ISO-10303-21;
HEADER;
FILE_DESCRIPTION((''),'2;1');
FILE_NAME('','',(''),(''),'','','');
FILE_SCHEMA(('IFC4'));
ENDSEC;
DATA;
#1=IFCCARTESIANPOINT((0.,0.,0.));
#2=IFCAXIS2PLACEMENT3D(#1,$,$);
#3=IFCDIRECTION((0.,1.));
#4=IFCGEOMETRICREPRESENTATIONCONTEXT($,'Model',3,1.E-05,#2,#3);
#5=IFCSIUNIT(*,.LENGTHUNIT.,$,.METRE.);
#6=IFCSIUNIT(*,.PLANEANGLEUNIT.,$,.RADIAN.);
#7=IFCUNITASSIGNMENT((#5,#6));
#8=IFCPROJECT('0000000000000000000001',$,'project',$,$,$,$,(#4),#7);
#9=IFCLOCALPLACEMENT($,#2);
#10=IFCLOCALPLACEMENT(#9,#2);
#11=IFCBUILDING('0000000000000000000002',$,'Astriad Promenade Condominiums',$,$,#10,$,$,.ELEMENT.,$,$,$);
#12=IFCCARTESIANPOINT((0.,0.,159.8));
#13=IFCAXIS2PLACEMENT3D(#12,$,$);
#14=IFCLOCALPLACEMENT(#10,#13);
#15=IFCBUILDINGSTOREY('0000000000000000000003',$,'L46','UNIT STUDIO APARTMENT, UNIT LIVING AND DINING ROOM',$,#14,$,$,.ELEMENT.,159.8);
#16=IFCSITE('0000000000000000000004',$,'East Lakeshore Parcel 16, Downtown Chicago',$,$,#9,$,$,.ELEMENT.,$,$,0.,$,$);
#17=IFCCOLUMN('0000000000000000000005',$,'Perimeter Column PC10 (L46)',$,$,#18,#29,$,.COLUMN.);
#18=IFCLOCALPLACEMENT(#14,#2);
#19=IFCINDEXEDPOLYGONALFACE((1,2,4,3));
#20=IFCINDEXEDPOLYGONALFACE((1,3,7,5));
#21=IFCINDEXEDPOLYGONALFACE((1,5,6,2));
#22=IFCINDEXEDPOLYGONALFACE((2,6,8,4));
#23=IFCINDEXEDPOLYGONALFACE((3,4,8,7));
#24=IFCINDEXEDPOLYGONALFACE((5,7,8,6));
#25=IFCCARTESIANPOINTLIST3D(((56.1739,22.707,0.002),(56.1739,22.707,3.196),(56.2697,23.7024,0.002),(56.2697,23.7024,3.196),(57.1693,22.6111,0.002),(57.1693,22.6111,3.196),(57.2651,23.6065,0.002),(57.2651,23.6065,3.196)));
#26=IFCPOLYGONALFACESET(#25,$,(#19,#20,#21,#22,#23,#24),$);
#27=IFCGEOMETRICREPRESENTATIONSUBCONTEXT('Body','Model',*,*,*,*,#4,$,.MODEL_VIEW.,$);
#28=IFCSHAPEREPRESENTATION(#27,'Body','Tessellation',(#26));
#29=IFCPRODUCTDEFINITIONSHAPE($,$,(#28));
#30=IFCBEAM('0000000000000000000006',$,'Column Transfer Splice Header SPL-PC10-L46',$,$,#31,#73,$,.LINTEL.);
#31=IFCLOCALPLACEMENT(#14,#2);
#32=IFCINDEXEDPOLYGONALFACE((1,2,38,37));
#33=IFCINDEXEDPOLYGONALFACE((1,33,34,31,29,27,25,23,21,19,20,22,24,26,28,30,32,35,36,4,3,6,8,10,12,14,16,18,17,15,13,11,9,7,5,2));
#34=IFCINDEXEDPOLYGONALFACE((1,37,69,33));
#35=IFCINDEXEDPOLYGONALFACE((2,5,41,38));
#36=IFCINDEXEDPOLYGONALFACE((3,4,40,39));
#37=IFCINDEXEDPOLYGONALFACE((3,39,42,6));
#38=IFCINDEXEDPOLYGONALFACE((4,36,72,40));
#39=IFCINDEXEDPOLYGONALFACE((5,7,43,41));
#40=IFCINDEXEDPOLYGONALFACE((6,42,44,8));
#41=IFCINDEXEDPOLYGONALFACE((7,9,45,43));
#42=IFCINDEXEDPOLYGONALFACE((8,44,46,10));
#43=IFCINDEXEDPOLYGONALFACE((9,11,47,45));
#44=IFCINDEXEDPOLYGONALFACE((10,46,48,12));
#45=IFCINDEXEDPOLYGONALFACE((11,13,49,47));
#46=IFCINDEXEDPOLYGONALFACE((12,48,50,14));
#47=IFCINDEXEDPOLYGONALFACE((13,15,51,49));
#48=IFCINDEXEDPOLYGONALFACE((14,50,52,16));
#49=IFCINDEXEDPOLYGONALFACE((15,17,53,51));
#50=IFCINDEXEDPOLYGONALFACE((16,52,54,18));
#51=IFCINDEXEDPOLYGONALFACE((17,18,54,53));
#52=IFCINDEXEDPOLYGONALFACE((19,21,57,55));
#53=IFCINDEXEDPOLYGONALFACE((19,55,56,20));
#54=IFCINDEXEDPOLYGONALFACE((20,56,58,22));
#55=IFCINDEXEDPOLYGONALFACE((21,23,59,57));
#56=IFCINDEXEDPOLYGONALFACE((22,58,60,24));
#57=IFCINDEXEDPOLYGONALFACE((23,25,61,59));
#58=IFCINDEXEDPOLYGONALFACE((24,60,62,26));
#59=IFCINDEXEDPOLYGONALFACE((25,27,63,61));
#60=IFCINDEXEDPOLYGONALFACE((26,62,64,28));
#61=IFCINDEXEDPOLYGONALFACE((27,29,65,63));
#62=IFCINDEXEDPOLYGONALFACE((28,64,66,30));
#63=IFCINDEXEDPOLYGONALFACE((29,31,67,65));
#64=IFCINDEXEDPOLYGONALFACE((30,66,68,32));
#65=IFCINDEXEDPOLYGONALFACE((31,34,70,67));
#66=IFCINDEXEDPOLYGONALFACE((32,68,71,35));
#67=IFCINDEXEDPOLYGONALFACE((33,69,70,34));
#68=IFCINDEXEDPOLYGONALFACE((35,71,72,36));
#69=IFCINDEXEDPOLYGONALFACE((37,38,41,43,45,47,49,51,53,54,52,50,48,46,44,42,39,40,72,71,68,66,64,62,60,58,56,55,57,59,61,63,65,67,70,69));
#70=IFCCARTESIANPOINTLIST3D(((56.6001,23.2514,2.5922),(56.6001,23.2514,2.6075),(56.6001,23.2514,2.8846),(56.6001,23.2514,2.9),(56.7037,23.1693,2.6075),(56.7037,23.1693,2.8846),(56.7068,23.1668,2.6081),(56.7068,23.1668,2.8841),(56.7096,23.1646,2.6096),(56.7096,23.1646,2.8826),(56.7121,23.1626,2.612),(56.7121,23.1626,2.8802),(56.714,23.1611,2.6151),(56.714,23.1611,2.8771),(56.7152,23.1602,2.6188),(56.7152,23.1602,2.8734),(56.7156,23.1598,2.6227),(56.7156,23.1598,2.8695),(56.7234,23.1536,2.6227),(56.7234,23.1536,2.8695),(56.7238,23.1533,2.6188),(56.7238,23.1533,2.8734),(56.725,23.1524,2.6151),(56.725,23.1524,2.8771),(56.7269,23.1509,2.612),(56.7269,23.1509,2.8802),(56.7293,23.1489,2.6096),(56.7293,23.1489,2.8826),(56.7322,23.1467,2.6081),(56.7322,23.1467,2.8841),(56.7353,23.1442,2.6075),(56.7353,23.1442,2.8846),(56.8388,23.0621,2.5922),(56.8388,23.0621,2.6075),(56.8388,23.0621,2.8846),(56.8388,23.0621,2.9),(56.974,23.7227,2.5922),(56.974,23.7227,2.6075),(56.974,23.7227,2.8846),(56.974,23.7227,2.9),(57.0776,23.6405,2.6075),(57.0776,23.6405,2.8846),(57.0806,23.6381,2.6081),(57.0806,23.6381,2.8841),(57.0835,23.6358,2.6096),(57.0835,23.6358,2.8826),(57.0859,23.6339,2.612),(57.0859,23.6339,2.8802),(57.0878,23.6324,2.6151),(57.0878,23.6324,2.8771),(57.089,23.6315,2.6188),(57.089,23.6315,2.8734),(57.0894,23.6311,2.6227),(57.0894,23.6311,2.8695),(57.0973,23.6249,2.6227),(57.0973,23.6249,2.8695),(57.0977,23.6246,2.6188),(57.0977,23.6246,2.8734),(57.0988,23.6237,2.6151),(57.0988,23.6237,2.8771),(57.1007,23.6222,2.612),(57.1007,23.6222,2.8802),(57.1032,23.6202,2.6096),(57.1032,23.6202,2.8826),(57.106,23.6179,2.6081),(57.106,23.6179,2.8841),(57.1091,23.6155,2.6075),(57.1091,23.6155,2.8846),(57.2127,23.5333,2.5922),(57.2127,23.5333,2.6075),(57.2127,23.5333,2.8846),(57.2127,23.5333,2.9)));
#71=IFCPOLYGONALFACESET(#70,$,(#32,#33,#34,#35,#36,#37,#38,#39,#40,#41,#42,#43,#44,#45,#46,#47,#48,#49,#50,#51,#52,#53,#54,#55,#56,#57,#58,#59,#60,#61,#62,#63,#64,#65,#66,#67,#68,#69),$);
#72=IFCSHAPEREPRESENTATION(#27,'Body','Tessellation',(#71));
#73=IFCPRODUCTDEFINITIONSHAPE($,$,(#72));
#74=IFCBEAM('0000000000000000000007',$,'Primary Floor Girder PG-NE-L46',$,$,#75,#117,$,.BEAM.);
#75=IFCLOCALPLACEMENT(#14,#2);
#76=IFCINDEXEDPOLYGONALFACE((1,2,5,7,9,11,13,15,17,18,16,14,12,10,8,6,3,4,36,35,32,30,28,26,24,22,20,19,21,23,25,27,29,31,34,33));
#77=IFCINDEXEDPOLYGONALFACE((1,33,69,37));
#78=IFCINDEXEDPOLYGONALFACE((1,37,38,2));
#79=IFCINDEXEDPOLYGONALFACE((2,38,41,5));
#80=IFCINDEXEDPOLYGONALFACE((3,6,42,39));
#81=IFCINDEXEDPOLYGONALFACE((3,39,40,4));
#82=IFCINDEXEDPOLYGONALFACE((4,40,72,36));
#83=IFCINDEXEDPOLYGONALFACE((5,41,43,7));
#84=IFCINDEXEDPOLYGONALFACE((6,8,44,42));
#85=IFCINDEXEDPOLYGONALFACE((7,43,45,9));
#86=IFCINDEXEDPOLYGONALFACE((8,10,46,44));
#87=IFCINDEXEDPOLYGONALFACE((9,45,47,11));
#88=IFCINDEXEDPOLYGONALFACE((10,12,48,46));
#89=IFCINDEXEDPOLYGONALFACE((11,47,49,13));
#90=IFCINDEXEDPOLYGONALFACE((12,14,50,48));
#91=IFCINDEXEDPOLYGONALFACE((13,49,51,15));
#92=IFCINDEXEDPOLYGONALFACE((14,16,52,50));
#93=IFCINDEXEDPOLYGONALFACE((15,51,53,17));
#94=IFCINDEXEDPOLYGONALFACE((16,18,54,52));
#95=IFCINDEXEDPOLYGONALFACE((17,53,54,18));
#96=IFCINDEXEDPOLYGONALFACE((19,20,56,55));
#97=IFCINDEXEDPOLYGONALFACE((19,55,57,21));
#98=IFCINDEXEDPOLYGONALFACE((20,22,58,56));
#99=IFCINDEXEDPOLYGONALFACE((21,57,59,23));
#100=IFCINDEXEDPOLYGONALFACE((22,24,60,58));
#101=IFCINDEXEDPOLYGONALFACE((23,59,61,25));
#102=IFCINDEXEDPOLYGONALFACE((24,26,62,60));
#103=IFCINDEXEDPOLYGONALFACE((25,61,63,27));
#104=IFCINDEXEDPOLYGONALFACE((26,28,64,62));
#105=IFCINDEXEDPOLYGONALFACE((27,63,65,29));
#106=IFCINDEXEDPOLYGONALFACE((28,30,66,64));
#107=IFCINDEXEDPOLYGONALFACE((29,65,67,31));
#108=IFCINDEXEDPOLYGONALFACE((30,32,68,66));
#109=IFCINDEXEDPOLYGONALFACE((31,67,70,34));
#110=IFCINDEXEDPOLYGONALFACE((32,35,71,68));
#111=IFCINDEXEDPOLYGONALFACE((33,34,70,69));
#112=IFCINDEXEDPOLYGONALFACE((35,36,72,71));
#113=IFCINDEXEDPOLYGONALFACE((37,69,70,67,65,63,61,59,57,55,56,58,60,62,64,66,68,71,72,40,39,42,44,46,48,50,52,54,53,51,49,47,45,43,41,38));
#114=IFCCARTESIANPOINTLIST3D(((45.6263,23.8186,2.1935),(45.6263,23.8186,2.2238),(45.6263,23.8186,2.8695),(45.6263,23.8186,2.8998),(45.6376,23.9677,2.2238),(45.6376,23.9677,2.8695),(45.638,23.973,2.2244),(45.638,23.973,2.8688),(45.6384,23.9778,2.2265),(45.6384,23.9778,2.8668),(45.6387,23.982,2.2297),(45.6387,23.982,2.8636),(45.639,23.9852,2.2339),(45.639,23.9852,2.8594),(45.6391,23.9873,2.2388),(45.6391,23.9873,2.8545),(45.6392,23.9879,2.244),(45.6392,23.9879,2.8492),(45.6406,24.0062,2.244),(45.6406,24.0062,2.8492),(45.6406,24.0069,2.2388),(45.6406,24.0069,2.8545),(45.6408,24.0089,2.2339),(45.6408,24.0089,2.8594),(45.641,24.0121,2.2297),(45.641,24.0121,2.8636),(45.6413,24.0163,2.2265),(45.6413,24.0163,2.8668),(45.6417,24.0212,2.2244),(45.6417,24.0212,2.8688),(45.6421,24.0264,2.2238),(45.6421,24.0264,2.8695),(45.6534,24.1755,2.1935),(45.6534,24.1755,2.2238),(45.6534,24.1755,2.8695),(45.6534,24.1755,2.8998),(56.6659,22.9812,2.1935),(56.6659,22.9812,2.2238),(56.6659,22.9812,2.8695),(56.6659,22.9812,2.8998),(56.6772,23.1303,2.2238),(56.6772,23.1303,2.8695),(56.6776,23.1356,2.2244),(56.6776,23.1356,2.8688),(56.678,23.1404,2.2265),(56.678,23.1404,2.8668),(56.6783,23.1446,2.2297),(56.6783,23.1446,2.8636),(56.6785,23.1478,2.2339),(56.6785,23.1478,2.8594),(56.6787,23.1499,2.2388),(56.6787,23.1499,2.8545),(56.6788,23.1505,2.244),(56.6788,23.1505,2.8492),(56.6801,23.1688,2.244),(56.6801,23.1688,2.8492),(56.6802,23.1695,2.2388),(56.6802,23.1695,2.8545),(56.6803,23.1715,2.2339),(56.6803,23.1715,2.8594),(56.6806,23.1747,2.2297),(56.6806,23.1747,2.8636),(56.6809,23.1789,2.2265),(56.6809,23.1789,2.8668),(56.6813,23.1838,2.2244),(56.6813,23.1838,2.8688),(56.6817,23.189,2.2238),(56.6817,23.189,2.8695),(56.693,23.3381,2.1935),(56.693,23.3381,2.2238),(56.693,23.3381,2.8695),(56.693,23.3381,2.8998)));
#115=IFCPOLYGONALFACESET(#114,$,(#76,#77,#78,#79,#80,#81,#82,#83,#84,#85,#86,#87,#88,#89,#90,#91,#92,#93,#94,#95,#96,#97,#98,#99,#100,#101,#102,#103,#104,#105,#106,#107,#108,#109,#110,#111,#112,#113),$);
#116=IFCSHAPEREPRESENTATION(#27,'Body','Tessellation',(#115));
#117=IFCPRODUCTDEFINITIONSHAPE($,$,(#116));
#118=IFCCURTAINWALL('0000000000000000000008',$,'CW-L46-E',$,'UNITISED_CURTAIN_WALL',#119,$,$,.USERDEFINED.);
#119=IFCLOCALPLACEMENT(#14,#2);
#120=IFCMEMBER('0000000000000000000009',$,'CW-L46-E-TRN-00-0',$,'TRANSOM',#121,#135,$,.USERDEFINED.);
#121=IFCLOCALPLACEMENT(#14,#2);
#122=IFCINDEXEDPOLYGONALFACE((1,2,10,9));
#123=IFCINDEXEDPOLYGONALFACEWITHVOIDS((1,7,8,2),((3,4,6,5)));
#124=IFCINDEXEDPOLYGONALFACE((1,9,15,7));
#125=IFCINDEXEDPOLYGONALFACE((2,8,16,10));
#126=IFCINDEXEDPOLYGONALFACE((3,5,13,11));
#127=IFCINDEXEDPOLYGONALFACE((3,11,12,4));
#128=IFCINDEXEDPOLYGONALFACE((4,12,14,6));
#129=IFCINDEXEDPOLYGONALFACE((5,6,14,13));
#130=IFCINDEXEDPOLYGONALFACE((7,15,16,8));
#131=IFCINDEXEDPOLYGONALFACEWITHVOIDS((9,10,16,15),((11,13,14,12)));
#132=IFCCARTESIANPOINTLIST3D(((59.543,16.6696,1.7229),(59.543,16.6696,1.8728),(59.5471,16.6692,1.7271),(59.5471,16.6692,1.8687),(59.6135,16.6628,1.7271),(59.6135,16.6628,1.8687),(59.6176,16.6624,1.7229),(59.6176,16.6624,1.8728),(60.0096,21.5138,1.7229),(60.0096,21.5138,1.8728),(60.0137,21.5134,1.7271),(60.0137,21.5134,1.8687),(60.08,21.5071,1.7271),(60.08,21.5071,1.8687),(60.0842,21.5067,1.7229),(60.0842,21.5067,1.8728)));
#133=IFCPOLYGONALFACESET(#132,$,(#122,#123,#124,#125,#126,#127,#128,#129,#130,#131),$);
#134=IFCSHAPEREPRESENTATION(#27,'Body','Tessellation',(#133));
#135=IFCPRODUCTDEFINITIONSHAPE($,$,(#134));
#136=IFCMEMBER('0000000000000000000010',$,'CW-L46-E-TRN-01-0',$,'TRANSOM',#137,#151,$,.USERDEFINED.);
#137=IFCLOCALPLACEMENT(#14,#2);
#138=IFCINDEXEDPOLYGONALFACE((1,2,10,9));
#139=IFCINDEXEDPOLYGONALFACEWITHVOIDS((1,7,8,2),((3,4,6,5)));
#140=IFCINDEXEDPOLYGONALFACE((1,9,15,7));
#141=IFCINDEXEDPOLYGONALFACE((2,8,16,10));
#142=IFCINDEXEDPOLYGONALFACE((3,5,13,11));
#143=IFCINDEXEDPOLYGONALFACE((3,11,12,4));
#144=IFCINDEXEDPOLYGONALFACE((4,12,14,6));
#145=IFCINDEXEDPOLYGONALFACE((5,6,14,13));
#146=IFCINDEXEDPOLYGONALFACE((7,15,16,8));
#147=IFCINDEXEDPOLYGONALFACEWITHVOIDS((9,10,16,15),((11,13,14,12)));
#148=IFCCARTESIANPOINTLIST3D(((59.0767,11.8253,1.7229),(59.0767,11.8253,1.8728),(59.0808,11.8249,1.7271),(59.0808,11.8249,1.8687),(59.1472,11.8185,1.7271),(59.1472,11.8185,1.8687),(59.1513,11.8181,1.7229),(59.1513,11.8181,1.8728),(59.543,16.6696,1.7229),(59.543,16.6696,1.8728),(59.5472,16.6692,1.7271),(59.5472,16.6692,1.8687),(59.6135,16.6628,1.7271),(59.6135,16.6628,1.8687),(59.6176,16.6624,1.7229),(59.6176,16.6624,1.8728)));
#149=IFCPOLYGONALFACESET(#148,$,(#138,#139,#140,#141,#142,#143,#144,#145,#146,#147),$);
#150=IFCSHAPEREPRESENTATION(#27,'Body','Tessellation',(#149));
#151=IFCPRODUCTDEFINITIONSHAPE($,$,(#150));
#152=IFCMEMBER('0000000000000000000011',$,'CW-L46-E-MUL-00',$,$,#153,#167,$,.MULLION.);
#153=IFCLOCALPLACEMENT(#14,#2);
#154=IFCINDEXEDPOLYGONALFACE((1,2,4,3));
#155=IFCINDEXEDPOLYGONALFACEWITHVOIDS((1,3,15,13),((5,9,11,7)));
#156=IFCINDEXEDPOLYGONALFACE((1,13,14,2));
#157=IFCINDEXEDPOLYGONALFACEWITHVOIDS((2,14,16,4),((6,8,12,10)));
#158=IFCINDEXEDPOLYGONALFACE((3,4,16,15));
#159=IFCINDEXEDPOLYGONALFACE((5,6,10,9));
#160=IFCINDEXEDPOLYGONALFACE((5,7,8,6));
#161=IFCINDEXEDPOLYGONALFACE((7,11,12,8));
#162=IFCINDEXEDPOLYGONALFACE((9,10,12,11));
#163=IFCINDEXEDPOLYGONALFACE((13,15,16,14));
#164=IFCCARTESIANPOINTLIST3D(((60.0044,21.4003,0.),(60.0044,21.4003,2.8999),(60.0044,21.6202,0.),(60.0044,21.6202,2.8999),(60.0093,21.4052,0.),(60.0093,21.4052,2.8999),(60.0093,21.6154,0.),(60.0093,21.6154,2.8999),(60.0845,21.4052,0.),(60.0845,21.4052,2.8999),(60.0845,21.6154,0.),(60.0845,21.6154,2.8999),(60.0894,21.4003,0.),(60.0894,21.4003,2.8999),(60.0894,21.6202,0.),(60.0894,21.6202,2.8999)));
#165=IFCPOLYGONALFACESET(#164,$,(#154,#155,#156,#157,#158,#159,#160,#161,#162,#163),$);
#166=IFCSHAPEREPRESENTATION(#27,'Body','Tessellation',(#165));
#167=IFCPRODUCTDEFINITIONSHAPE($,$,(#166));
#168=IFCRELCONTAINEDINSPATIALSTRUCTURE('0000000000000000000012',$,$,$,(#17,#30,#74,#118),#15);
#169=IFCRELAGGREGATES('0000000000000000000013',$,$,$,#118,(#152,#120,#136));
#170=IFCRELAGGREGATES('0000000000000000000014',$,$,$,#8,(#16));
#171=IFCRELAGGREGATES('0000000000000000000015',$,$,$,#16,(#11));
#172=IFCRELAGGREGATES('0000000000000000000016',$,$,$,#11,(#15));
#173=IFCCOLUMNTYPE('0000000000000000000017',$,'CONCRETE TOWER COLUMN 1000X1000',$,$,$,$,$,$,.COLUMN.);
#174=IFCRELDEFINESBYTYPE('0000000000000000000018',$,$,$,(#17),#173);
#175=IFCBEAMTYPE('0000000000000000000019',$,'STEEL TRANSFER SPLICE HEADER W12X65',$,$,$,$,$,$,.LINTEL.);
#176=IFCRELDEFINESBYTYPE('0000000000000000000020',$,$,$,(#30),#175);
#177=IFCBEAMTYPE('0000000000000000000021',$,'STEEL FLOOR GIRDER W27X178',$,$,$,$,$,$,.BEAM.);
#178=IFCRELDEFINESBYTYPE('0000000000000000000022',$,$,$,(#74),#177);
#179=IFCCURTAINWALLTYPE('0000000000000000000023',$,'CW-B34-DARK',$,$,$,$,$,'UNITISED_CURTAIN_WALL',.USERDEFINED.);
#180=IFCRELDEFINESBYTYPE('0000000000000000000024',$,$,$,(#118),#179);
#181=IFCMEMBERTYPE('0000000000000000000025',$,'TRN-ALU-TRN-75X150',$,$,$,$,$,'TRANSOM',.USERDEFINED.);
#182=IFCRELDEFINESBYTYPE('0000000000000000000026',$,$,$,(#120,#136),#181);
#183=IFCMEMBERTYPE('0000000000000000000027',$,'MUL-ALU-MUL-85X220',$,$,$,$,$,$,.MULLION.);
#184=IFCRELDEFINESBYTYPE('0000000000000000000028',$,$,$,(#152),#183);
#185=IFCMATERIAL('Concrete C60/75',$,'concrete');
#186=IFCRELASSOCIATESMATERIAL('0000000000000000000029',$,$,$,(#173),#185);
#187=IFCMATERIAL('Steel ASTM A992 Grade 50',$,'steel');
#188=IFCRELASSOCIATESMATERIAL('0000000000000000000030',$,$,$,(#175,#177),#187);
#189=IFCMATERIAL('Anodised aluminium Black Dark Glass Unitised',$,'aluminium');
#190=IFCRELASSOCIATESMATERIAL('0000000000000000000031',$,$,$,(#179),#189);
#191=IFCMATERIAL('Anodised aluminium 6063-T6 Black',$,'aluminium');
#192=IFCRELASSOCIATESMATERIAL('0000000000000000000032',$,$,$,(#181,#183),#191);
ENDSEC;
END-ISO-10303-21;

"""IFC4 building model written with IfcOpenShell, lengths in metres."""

from ifc_helpers import new_model, si_unit, direction, frame, origin, origin_2d, place, context, subcontext, project, spatial, rectangle, hollow_rectangle, i_section, extrude, source, transform, mapped, material, material_profile, profile_set, type_object, type_shapes, element, aggregate, save


model = new_model("IFC4")

# Units and contexts
model_context = context("Model", 3, precision=1e-05, world=origin(), true_north=direction((0.0, 1.0)))
body_context = subcontext(model_context, "Body", "Model", "MODEL_VIEW")
ifc_project = project(units=[si_unit("LENGTHUNIT", "METRE"), si_unit("PLANEANGLEUNIT", "RADIAN")], contexts=[model_context])

# Site, building, storey
site_placement = place(None, origin())
site = spatial("IfcSite", under=ifc_project, at=site_placement, Name="East Lakeshore Parcel 16, Downtown Chicago", CompositionType="ELEMENT", RefElevation=0.0)
building_placement = place(site_placement, origin())
building = spatial("IfcBuilding", under=site, at=building_placement, Name="Astriad Promenade Condominiums", CompositionType="ELEMENT")
storey_placement = place(building_placement, frame((0.0, 0.0, 159.8)))
storey = spatial("IfcBuildingStorey", under=building, at=storey_placement, Name="L46", Description="UNIT STUDIO APARTMENT, UNIT LIVING AND DINING ROOM", CompositionType="ELEMENT", Elevation=159.8)

# Column
ifc_material_1 = material(Name="Concrete C60/75", Category="concrete")
ifc_material_profile_1 = material_profile(ifc_material_1, rectangle(XDim=1.0, YDim=1.0, at=origin_2d()), Name="RC-COL-1000X1000")
ifc_profile_set_1 = profile_set([ifc_material_profile_1], Name="Concrete C60/75")
column_type = type_object("IfcColumnType", Name="CONCRETE TOWER COLUMN 1000X1000", PredefinedType="COLUMN", material=ifc_profile_set_1)
shared_shape_1 = source(origin(), body_context, "Body", "SweptSolid", [
    extrude(rectangle(XDim=1.0, YDim=1.0, at=origin_2d()), origin(), (0.0, 0.0, 1.0), 3.1941),
])
type_shapes(column_type, [shared_shape_1])
column_placement = place(storey_placement, frame((56.7195, 23.1567, 0.002), z_axis=(0.0, 0.0, 1.0), x_axis=(0.995396, -0.095846, 0.0)))
element("IfcColumn", 1, at=column_placement, inside=storey, type_object=column_type, Name="Perimeter Column PC10 (L46)", PredefinedType="COLUMN", context=body_context, shape_type="MappedRepresentation", body=[
    mapped(shared_shape_1, transform((0.0, 0.0, 0.0), scale=1.0)),
])

# Beams
ifc_material_2 = material(Name="Steel ASTM A992 Grade 50", Category="steel")
ifc_material_profile_2 = material_profile(ifc_material_2, i_section(OverallWidth=0.3047, OverallDepth=0.3079, WebThickness=0.01, FlangeThickness=0.0154, FilletRadius=0.0151, at=origin_2d()), Name="W12X65")
ifc_profile_set_2 = profile_set([ifc_material_profile_2], Name="Steel ASTM A992 Grade 50")
beam_type_1 = type_object("IfcBeamType", Name="STEEL TRANSFER SPLICE HEADER W12X65", PredefinedType="LINTEL", material=ifc_profile_set_2)
shared_shape_2 = source(origin(), body_context, "Body", "SweptSolid", [
    extrude(i_section(OverallWidth=0.3047, OverallDepth=0.3079, WebThickness=0.01, FlangeThickness=0.0154, FilletRadius=0.0151, at=origin_2d()), origin(), (0.0, 0.0, 1.0), 0.6016),
])
type_shapes(beam_type_1, [shared_shape_2])
beam_1_placement = place(storey_placement, frame((56.7195, 23.1567, 2.7461), z_axis=(0.621472, 0.783436, 0.0), x_axis=(-0.783436, 0.621472, 0.0)))
element("IfcBeam", 2, at=beam_1_placement, inside=storey, type_object=beam_type_1, Name="Column Transfer Splice Header SPL-PC10-L46", PredefinedType="LINTEL", context=body_context, shape_type="MappedRepresentation", body=[
    mapped(shared_shape_2, transform((0.0, 0.0, 0.0), scale=1.0)),
])
ifc_material_profile_3 = material_profile(ifc_material_2, i_section(OverallWidth=0.3579, OverallDepth=0.7063, WebThickness=0.0183, FlangeThickness=0.0303, FilletRadius=0.0203, at=origin_2d()), Name="W27X178")
ifc_profile_set_3 = profile_set([ifc_material_profile_3], Name="Steel ASTM A992 Grade 50")
beam_type_2 = type_object("IfcBeamType", Name="STEEL FLOOR GIRDER W27X178", PredefinedType="BEAM", material=ifc_profile_set_3)
shared_shape_3 = source(origin(), body_context, "Body", "SweptSolid", [
    extrude(i_section(OverallWidth=0.3579, OverallDepth=0.7063, WebThickness=0.0183, FlangeThickness=0.0303, FilletRadius=0.0203, at=origin_2d()), origin(), (0.0, 0.0, 1.0), 11.0713),
])
type_shapes(beam_type_2, [shared_shape_3])
beam_2_placement = place(storey_placement, frame((56.6794, 23.1597, 2.5466), z_axis=(-0.997135, 0.075637, 0.0), x_axis=(-0.075637, -0.997135, 0.0)))
element("IfcBeam", 3, at=beam_2_placement, inside=storey, type_object=beam_type_2, Name="Primary Floor Girder PG-NE-L46", PredefinedType="BEAM", context=body_context, shape_type="MappedRepresentation", body=[
    mapped(shared_shape_3, transform((0.0, 0.0, 0.0), scale=1.0)),
])

# Curtain wall, members
ifc_material_3 = material(Name="Anodised aluminium Black Dark Glass Unitised", Category="aluminium")
curtain_wall_type = type_object("IfcCurtainWallType", Name="CW-B34-DARK", ElementType="UNITISED_CURTAIN_WALL", PredefinedType="USERDEFINED", material=ifc_material_3)
curtain_wall_placement = place(storey_placement, origin())
curtain_wall = element("IfcCurtainWall", 4, at=curtain_wall_placement, inside=storey, type_object=curtain_wall_type, Name="CW-L46-E", ObjectType="UNITISED_CURTAIN_WALL", PredefinedType="USERDEFINED")
ifc_material_4 = material(Name="Anodised aluminium 6063-T6 Black", Category="aluminium")
ifc_material_profile_4 = material_profile(ifc_material_4, hollow_rectangle(XDim=0.075, YDim=0.1499, WallThickness=0.0042, at=origin_2d()), Name="ALU-TRN-75X150")
ifc_profile_set_4 = profile_set([ifc_material_profile_4], Name="Anodised aluminium 6063-T6 Black")
member_type_1 = type_object("IfcMemberType", Name="TRN-ALU-TRN-75X150", ElementType="TRANSOM", PredefinedType="USERDEFINED", material=ifc_profile_set_4)
shared_shape_4 = source(origin(), body_context, "Body", "SweptSolid", [
    extrude(hollow_rectangle(XDim=0.075, YDim=0.1499, WallThickness=0.0042, at=origin_2d()), origin(), (0.0, 0.0, 1.0), 4.8667),
])
type_shapes(member_type_1, [shared_shape_4])
member_1_placement = place(storey_placement, frame((60.0469, 21.5103, 1.7979), z_axis=(-0.095867, -0.995394, 0.0), x_axis=(0.995394, -0.095867, 0.0)))
member_1 = element("IfcMember", 5, at=member_1_placement, type_object=member_type_1, Name="CW-L46-E-TRN-00-0", ObjectType="TRANSOM", PredefinedType="USERDEFINED", context=body_context, shape_type="MappedRepresentation", body=[
    mapped(shared_shape_4, transform((0.0, 0.0, 0.0), scale=1.0)),
])
member_2_placement = place(storey_placement, frame((59.5803, 16.666, 1.7979), z_axis=(-0.095818, -0.995399, 0.0), x_axis=(0.995399, -0.095818, 0.0)))
member_2 = element("IfcMember", 6, at=member_2_placement, type_object=member_type_1, Name="CW-L46-E-TRN-01-0", ObjectType="TRANSOM", PredefinedType="USERDEFINED", context=body_context, shape_type="MappedRepresentation", body=[
    mapped(shared_shape_4, transform((0.0, 0.0, 0.0), scale=1.0)),
])
ifc_material_profile_5 = material_profile(ifc_material_4, hollow_rectangle(XDim=0.085, YDim=0.22, WallThickness=0.0049, at=origin_2d()), Name="ALU-MUL-85X220")
ifc_profile_set_5 = profile_set([ifc_material_profile_5], Name="Anodised aluminium 6063-T6 Black")
member_type_2 = type_object("IfcMemberType", Name="MUL-ALU-MUL-85X220", PredefinedType="MULLION", material=ifc_profile_set_5)
shared_shape_5 = source(origin(), body_context, "Body", "SweptSolid", [
    extrude(hollow_rectangle(XDim=0.085, YDim=0.22, WallThickness=0.0049, at=origin_2d()), origin(), (0.0, 0.0, 1.0), 2.8999),
])
type_shapes(member_type_2, [shared_shape_5])
member_3_placement = place(storey_placement, frame((60.0469, 21.5103, 0.0), z_axis=(0.0, 0.0, 1.0), x_axis=(1.0, 0.0, 0.0)))
member_3 = element("IfcMember", 7, at=member_3_placement, type_object=member_type_2, Name="CW-L46-E-MUL-00", PredefinedType="MULLION", context=body_context, shape_type="MappedRepresentation", body=[
    mapped(shared_shape_5, transform((0.0, 0.0, 0.0), scale=1.0)),
])
aggregate(curtain_wall, [member_3, member_1, member_2])

save(model, "model.ifc")
